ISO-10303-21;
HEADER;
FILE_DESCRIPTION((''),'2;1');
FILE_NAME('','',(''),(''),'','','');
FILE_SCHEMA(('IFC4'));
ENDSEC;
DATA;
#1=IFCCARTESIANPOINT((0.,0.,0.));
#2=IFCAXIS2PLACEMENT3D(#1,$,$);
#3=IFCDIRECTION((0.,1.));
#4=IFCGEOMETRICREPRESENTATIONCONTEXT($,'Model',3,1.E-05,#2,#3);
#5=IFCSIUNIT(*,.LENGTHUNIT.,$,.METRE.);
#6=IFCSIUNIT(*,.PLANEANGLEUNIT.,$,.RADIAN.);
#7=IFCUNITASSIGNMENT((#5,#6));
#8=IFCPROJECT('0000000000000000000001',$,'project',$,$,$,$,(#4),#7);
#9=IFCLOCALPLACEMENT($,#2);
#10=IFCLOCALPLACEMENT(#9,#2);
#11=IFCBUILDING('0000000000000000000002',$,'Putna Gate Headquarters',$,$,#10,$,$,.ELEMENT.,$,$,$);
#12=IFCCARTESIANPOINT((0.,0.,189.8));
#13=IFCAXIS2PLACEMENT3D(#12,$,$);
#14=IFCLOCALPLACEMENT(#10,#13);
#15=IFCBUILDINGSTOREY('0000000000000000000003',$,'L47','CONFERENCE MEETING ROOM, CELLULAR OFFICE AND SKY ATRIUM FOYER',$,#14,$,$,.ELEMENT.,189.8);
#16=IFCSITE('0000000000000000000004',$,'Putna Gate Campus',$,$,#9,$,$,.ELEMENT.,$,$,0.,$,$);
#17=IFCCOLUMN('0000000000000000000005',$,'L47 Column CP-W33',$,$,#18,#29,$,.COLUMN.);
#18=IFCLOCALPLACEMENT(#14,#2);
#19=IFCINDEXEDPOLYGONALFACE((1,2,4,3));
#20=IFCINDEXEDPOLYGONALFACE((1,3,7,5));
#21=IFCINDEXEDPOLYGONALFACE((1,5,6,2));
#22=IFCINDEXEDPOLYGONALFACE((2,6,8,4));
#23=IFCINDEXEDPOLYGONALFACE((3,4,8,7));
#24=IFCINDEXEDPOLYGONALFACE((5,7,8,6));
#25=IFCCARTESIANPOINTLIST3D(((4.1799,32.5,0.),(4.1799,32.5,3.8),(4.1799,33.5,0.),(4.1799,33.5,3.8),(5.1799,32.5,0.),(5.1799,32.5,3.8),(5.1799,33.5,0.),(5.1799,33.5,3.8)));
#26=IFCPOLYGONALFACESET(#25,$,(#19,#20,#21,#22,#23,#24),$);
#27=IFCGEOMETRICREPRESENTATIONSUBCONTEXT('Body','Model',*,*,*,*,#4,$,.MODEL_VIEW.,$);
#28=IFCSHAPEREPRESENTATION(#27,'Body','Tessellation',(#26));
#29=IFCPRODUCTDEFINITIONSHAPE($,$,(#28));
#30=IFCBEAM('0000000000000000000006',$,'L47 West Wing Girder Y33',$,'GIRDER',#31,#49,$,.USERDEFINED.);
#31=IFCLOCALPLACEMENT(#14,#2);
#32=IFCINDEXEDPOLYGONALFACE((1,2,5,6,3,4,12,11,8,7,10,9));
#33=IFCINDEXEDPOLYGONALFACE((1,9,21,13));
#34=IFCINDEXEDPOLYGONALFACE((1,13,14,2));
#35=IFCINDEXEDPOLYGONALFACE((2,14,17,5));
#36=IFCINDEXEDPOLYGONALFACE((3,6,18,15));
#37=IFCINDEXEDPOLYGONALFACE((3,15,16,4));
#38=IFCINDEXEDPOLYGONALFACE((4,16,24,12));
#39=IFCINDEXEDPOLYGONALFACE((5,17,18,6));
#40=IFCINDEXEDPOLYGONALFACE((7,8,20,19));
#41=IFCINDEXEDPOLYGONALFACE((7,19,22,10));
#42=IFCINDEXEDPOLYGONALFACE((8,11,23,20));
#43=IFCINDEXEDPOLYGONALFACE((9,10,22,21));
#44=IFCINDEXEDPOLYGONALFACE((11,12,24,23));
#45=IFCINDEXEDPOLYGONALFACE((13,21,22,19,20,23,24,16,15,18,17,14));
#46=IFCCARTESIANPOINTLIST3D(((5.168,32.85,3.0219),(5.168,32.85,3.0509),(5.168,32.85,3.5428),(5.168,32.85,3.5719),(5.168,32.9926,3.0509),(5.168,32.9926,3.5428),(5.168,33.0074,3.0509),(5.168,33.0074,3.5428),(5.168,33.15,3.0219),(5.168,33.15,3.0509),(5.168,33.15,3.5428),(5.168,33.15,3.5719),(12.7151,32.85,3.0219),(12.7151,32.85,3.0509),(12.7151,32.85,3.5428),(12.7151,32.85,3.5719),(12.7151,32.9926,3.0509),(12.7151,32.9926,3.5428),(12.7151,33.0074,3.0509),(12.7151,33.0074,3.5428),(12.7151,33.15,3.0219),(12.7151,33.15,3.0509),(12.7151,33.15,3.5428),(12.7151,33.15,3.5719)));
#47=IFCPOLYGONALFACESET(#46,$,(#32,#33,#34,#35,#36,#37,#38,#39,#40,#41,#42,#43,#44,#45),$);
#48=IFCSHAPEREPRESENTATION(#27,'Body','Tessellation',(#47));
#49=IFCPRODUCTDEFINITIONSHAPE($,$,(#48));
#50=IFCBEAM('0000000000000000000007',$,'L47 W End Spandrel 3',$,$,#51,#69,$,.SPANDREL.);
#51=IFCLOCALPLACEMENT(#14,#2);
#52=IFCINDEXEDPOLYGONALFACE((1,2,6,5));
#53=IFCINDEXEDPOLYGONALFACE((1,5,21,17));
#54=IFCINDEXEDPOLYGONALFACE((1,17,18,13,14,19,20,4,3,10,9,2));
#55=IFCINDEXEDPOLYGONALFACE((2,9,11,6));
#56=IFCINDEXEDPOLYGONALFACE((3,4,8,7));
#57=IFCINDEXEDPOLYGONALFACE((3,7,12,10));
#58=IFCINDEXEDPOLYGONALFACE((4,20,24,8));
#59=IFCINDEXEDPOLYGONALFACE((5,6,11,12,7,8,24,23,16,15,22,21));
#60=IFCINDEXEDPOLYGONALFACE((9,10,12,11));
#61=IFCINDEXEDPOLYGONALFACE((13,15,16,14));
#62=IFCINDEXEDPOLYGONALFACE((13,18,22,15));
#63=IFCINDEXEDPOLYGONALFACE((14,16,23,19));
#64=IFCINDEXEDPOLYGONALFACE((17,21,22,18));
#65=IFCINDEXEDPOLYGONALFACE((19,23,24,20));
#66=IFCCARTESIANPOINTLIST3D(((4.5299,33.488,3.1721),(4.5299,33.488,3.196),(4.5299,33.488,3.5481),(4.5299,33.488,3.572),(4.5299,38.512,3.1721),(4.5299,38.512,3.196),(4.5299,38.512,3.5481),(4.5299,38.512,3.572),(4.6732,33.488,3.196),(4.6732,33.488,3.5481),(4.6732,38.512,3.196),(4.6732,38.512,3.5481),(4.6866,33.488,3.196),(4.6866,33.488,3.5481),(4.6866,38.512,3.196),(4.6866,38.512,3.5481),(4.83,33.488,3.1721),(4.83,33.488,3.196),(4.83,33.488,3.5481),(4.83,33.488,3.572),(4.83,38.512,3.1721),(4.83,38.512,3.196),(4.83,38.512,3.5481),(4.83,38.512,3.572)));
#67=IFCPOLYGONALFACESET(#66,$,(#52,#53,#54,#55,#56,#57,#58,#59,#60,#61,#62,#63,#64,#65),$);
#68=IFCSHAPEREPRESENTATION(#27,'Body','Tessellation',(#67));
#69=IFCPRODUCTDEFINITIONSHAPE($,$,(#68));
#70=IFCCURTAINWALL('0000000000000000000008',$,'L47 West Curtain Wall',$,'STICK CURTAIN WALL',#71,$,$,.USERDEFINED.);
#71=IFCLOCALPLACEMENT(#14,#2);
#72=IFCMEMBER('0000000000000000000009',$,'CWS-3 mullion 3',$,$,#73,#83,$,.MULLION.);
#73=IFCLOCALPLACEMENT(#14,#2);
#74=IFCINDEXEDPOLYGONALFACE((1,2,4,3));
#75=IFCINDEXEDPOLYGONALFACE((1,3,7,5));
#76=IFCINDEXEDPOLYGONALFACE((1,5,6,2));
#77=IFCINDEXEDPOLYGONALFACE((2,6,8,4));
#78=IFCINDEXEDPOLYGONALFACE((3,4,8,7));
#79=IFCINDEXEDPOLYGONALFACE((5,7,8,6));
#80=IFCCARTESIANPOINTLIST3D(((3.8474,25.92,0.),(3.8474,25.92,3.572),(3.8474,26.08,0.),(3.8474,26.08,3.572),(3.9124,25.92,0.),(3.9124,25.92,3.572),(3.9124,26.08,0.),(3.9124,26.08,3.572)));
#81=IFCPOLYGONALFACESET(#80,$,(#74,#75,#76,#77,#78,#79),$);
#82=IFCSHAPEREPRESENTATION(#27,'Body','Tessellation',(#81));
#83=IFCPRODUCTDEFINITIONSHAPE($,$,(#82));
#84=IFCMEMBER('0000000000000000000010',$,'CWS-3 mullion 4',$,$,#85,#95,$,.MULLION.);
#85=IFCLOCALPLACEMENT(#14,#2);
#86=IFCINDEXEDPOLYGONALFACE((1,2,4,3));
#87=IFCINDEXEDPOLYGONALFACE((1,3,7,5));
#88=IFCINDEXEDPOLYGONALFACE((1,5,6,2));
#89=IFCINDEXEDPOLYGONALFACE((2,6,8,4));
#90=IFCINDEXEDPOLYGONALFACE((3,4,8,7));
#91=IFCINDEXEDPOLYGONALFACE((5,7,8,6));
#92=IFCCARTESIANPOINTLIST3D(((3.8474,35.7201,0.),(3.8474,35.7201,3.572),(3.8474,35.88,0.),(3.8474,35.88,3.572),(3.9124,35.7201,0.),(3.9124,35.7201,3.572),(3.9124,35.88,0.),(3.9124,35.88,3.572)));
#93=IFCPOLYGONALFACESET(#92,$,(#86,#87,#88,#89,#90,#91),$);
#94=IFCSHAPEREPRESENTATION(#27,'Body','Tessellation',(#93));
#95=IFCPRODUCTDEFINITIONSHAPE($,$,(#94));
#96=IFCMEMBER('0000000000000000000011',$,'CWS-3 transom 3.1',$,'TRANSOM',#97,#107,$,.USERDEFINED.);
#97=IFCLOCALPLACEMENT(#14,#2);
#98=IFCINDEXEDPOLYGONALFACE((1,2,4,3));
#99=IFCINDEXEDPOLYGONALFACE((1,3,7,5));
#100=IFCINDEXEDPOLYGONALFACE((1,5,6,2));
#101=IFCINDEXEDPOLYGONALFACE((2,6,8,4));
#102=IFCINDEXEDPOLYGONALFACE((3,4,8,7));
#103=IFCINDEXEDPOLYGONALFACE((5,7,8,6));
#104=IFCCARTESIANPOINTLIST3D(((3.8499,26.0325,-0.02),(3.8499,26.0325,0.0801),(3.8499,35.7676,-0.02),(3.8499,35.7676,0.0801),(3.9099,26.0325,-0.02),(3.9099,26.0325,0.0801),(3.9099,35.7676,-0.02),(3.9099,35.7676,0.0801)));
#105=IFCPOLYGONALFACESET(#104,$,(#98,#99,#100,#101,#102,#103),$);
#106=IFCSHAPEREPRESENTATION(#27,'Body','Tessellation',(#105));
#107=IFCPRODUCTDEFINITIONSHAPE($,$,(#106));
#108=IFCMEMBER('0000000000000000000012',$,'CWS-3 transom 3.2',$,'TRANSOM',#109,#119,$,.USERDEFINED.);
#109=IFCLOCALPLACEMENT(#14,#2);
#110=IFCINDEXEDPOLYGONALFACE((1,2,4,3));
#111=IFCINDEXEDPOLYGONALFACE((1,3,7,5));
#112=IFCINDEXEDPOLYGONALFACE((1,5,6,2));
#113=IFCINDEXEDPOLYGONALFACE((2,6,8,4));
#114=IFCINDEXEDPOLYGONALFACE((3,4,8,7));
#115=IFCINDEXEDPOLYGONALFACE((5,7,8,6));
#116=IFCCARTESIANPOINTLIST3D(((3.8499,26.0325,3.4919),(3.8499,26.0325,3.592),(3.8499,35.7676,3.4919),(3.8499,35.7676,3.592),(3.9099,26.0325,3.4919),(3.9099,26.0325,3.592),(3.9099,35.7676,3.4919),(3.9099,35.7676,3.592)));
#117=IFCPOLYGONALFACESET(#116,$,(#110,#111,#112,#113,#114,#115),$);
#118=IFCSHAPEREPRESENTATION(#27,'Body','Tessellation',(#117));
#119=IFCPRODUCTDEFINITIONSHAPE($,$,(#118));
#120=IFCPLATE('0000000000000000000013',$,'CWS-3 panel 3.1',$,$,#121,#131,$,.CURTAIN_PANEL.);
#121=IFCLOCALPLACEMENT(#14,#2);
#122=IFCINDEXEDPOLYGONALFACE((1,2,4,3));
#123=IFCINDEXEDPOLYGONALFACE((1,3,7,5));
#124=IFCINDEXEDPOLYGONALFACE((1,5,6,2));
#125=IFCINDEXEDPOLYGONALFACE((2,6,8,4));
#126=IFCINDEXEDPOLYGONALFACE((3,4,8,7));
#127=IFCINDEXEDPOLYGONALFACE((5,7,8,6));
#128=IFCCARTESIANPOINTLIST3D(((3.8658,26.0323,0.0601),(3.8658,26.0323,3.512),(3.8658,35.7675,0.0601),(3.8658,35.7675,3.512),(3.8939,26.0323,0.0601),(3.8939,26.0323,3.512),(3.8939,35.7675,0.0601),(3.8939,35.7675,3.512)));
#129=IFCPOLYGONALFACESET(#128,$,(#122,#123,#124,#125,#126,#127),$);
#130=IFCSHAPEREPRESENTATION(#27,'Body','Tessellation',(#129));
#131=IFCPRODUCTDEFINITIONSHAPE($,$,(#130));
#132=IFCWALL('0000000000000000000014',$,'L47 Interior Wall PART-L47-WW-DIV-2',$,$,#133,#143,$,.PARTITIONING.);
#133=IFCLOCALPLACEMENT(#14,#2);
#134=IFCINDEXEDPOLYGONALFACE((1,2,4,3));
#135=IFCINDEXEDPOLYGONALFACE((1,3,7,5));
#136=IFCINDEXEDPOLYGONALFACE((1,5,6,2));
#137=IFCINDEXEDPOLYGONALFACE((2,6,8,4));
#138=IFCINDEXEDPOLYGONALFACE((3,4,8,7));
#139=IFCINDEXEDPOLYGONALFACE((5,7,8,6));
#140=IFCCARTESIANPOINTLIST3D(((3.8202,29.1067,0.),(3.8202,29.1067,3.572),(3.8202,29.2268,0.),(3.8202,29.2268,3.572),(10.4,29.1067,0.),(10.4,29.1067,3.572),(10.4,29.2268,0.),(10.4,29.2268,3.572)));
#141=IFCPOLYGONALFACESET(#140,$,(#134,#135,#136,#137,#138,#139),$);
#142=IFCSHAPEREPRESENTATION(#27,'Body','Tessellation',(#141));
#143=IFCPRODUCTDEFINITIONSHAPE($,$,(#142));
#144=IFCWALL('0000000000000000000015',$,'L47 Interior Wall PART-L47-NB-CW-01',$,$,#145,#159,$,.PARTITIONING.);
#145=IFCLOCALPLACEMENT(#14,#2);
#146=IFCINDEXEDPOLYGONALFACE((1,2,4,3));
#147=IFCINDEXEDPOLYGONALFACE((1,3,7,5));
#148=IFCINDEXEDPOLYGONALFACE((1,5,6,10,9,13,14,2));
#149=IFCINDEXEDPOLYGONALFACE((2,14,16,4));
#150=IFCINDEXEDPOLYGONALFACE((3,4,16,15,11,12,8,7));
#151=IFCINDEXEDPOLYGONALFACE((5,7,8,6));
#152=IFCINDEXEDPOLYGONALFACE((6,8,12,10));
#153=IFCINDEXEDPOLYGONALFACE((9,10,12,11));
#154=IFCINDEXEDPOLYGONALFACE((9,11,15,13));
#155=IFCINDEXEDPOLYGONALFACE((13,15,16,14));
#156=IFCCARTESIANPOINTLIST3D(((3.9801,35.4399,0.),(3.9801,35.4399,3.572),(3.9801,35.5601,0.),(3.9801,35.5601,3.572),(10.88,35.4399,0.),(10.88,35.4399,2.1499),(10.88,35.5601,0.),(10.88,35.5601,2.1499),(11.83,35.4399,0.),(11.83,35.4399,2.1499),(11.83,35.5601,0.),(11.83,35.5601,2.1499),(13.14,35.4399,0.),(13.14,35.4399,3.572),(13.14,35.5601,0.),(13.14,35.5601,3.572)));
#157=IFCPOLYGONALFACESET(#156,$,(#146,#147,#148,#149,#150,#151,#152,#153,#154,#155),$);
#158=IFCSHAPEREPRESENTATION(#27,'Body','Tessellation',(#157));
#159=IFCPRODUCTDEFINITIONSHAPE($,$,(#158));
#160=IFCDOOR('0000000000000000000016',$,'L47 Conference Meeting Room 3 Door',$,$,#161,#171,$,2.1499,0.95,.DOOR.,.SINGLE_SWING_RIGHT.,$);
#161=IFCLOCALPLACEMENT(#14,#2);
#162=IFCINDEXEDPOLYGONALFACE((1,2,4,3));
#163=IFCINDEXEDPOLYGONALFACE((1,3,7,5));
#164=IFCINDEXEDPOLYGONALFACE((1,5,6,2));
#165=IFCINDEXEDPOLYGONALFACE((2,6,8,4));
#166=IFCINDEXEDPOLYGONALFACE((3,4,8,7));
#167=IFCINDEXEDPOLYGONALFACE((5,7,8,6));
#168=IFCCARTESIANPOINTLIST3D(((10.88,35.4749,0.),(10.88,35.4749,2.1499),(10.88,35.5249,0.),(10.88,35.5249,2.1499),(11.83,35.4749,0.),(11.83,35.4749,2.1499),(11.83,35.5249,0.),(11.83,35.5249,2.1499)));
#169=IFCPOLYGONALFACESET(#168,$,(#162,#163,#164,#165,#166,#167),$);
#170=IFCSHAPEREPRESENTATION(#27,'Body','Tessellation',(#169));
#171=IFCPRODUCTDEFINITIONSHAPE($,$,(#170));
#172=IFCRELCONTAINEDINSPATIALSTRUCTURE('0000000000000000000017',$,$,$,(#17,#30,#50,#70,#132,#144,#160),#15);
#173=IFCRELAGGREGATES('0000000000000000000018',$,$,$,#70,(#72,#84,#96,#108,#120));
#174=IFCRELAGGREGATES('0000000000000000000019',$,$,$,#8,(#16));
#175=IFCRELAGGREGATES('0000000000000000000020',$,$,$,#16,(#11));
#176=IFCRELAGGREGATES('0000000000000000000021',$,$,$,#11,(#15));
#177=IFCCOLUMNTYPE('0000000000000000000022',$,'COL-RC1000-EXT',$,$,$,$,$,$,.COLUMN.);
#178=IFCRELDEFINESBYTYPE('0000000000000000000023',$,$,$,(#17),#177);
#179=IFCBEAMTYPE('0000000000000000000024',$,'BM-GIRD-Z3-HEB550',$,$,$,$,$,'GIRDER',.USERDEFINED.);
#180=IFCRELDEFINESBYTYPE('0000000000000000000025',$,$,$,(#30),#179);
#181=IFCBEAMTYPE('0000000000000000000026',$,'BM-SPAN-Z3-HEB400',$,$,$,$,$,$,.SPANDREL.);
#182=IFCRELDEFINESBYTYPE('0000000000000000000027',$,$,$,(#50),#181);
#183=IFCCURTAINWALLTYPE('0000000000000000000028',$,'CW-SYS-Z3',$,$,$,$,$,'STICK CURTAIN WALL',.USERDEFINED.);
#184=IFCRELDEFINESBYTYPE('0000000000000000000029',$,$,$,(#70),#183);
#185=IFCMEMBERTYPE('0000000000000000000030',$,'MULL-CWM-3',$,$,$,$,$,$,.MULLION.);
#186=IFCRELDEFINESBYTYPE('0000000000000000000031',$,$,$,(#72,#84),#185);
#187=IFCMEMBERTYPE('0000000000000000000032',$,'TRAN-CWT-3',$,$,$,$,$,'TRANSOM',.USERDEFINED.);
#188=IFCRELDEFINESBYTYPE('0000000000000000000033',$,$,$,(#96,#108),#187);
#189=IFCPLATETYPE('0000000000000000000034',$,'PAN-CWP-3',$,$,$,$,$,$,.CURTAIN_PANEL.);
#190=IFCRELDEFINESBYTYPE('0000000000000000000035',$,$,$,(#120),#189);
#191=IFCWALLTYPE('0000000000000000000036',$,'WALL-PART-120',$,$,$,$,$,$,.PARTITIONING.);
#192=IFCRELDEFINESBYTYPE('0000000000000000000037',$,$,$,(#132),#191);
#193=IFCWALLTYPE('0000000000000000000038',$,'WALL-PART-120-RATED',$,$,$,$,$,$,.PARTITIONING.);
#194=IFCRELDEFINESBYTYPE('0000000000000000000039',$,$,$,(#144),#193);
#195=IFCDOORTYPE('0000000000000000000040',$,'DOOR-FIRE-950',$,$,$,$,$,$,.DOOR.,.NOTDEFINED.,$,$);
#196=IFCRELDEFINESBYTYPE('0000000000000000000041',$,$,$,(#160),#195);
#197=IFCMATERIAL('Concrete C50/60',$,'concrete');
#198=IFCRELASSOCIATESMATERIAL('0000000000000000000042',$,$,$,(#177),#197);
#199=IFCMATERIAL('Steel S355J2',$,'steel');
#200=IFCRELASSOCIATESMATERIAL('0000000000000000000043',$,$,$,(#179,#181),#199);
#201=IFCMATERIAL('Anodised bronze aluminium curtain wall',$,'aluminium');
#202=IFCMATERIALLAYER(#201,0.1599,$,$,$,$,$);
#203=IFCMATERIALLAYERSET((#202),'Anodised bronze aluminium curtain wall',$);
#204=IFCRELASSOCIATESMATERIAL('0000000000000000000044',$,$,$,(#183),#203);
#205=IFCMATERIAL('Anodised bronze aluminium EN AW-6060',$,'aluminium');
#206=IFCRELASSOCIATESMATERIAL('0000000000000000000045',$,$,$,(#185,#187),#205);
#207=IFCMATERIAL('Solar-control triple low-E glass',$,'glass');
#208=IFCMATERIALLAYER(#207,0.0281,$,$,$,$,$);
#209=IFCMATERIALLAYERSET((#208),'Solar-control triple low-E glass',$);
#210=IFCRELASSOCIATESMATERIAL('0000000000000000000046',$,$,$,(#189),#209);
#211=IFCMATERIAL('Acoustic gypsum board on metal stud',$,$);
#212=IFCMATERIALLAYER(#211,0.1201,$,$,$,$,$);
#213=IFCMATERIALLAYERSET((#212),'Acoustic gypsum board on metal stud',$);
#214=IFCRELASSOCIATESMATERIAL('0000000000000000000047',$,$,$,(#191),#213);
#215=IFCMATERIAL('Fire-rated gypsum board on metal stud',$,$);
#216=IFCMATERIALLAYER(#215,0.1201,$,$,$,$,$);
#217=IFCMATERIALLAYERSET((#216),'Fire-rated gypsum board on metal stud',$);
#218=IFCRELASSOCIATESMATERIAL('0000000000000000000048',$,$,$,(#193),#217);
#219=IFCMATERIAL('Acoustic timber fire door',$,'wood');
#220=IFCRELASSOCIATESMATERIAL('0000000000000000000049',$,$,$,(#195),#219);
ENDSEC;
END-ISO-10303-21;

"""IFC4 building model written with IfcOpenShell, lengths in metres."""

from ifc_helpers import new_model, si_unit, direction, frame, frame_2d, origin, origin_2d, place, context, subcontext, project, spatial, rectangle, i_section, extrude, material, layer, layer_set, material_profile, profile_set, type_object, element, fill, aggregate, save


model = new_model("IFC4")

# Units and contexts
model_context = context("Model", 3, precision=1e-05, world=origin(), true_north=direction((0.0, 1.0)))
body_context = subcontext(model_context, "Body", "Model", "MODEL_VIEW")
ifc_project = project(units=[si_unit("LENGTHUNIT", "METRE"), si_unit("PLANEANGLEUNIT", "RADIAN")], contexts=[model_context])

# Site, building, storey
site_placement = place(None, origin())
site = spatial("IfcSite", under=ifc_project, at=site_placement, Name="Putna Gate Campus", CompositionType="ELEMENT", RefElevation=0.0)
building_placement = place(site_placement, origin())
building = spatial("IfcBuilding", under=site, at=building_placement, Name="Putna Gate Headquarters", CompositionType="ELEMENT")
storey_placement = place(building_placement, frame((0.0, 0.0, 189.8)))
storey = spatial("IfcBuildingStorey", under=building, at=storey_placement, Name="L47", Description="CONFERENCE MEETING ROOM, CELLULAR OFFICE AND SKY ATRIUM FOYER", CompositionType="ELEMENT", Elevation=189.8)

# Column
ifc_material_1 = material(Name="Concrete C50/60", Category="concrete")
ifc_material_profile_1 = material_profile(ifc_material_1, rectangle(XDim=1.0, YDim=1.0, at=origin_2d()), Name="Concrete C50/60")
ifc_profile_set_1 = profile_set([ifc_material_profile_1], Name="Concrete C50/60")
column_type = type_object("IfcColumnType", Name="COL-RC1000-EXT", PredefinedType="COLUMN", material=ifc_profile_set_1)
column_placement = place(storey_placement, frame((4.6799, 33.0, 0.0), z_axis=(0.0, 0.0, 1.0), x_axis=(1.0, 0.0, 0.0)))
element("IfcColumn", 1, at=column_placement, inside=storey, type_object=column_type, Name="L47 Column CP-W33", PredefinedType="COLUMN", context=body_context, shape_type="SweptSolid", body=[
    extrude(rectangle(XDim=1.0, YDim=1.0, at=origin_2d()), origin(), (0.0, 0.0, 1.0), 3.8),
])

# Beams
ifc_material_2 = material(Name="Steel S355J2", Category="steel")
ifc_material_profile_2 = material_profile(ifc_material_2, i_section(OverallWidth=0.3, OverallDepth=0.55, WebThickness=0.0149, FlangeThickness=0.0291, at=origin_2d()), Name="Steel S355J2")
ifc_profile_set_2 = profile_set([ifc_material_profile_2], Name="Steel S355J2")
beam_type_1 = type_object("IfcBeamType", Name="BM-GIRD-Z3-HEB550", ElementType="GIRDER", PredefinedType="USERDEFINED", material=ifc_profile_set_2)
beam_1_placement = place(storey_placement, frame((5.168, 33.0, 3.2969), z_axis=(1.0, 0.0, 0.0), x_axis=(0.0, 1.0, 0.0)))
element("IfcBeam", 2, at=beam_1_placement, inside=storey, type_object=beam_type_1, Name="L47 West Wing Girder Y33", ObjectType="GIRDER", PredefinedType="USERDEFINED", context=body_context, shape_type="SweptSolid", body=[
    extrude(i_section(OverallWidth=0.3, OverallDepth=0.55, WebThickness=0.0149, FlangeThickness=0.0291, at=origin_2d()), origin(), (0.0, 0.0, 1.0), 7.5471),
])
ifc_material_profile_3 = material_profile(ifc_material_2, i_section(OverallWidth=0.3, OverallDepth=0.3999, WebThickness=0.0134, FlangeThickness=0.0239, at=origin_2d()), Name="Steel S355J2")
ifc_profile_set_3 = profile_set([ifc_material_profile_3], Name="Steel S355J2")
beam_type_2 = type_object("IfcBeamType", Name="BM-SPAN-Z3-HEB400", PredefinedType="SPANDREL", material=ifc_profile_set_3)
beam_2_placement = place(storey_placement, frame((4.6799, 33.488, 3.3721), z_axis=(0.0, 1.0, 0.0), x_axis=(-1.0, 0.0, 0.0)))
element("IfcBeam", 3, at=beam_2_placement, inside=storey, type_object=beam_type_2, Name="L47 W End Spandrel 3", PredefinedType="SPANDREL", context=body_context, shape_type="SweptSolid", body=[
    extrude(i_section(OverallWidth=0.3, OverallDepth=0.3999, WebThickness=0.0134, FlangeThickness=0.0239, at=origin_2d()), origin(), (0.0, 0.0, 1.0), 5.0239),
])

# Curtain wall, members, plate
ifc_material_3 = material(Name="Anodised bronze aluminium curtain wall", Category="aluminium")
ifc_layer_1 = layer(ifc_material_3, 0.1599)
ifc_layer_set_1 = layer_set([ifc_layer_1], Name="Anodised bronze aluminium curtain wall")
curtain_wall_type = type_object("IfcCurtainWallType", Name="CW-SYS-Z3", ElementType="STICK CURTAIN WALL", PredefinedType="USERDEFINED", material=ifc_layer_set_1)
curtain_wall_placement = place(storey_placement, origin())
curtain_wall = element("IfcCurtainWall", 4, at=curtain_wall_placement, inside=storey, type_object=curtain_wall_type, Name="L47 West Curtain Wall", ObjectType="STICK CURTAIN WALL", PredefinedType="USERDEFINED")
ifc_material_4 = material(Name="Anodised bronze aluminium EN AW-6060", Category="aluminium")
ifc_material_profile_4 = material_profile(ifc_material_4, rectangle(XDim=0.0649, YDim=0.1599, at=origin_2d()), Name="Anodised bronze aluminium EN AW-6060")
ifc_profile_set_4 = profile_set([ifc_material_profile_4], Name="Anodised bronze aluminium EN AW-6060")
member_type_1 = type_object("IfcMemberType", Name="MULL-CWM-3", PredefinedType="MULLION", material=ifc_profile_set_4)
member_1_placement = place(storey_placement, frame((3.8799, 26.0, 0.0), z_axis=(0.0, 0.0, 1.0), x_axis=(-1.0, 0.0, 0.0)))
member_1 = element("IfcMember", 5, at=member_1_placement, type_object=member_type_1, Name="CWS-3 mullion 3", PredefinedType="MULLION", context=body_context, shape_type="SweptSolid", body=[
    extrude(rectangle(XDim=0.0649, YDim=0.1599, at=origin_2d()), origin(), (0.0, 0.0, 1.0), 3.572),
])
member_2_placement = place(storey_placement, frame((3.8799, 35.8, 0.0), z_axis=(0.0, 0.0, 1.0), x_axis=(-1.0, 0.0, 0.0)))
member_2 = element("IfcMember", 6, at=member_2_placement, type_object=member_type_1, Name="CWS-3 mullion 4", PredefinedType="MULLION", context=body_context, shape_type="SweptSolid", body=[
    extrude(rectangle(XDim=0.0649, YDim=0.1599, at=origin_2d()), origin(), (0.0, 0.0, 1.0), 3.572),
])
ifc_material_profile_5 = material_profile(ifc_material_4, rectangle(XDim=0.0601, YDim=0.1001, at=origin_2d()), Name="Anodised bronze aluminium EN AW-6060")
ifc_profile_set_5 = profile_set([ifc_material_profile_5], Name="Anodised bronze aluminium EN AW-6060")
member_type_2 = type_object("IfcMemberType", Name="TRAN-CWT-3", ElementType="TRANSOM", PredefinedType="USERDEFINED", material=ifc_profile_set_5)
member_3_placement = place(storey_placement, frame((3.8799, 26.0325, 0.03), z_axis=(0.0, 1.0, 0.0), x_axis=(-1.0, 0.0, 0.0)))
member_3 = element("IfcMember", 7, at=member_3_placement, type_object=member_type_2, Name="CWS-3 transom 3.1", ObjectType="TRANSOM", PredefinedType="USERDEFINED", context=body_context, shape_type="SweptSolid", body=[
    extrude(rectangle(XDim=0.0601, YDim=0.1001, at=origin_2d()), origin(), (0.0, 0.0, 1.0), 9.7351),
])
member_4_placement = place(storey_placement, frame((3.8799, 26.0325, 3.542), z_axis=(0.0, 1.0, 0.0), x_axis=(-1.0, 0.0, 0.0)))
member_4 = element("IfcMember", 8, at=member_4_placement, type_object=member_type_2, Name="CWS-3 transom 3.2", ObjectType="TRANSOM", PredefinedType="USERDEFINED", context=body_context, shape_type="SweptSolid", body=[
    extrude(rectangle(XDim=0.0601, YDim=0.1001, at=origin_2d()), origin(), (0.0, 0.0, 1.0), 9.7351),
])
ifc_material_5 = material(Name="Solar-control triple low-E glass", Category="glass")
ifc_layer_2 = layer(ifc_material_5, 0.0281)
ifc_layer_set_2 = layer_set([ifc_layer_2], Name="Solar-control triple low-E glass")
plate_type = type_object("IfcPlateType", Name="PAN-CWP-3", PredefinedType="CURTAIN_PANEL", material=ifc_layer_set_2)
plate_placement = place(storey_placement, frame((3.8799, 30.8999, 0.0601), z_axis=(0.0, 0.0, 1.0), x_axis=(0.0, 1.0, 0.0)))
plate = element("IfcPlate", 9, at=plate_placement, type_object=plate_type, Name="CWS-3 panel 3.1", PredefinedType="CURTAIN_PANEL", context=body_context, shape_type="SweptSolid", body=[
    extrude(rectangle(XDim=9.7351, YDim=0.0281, at=origin_2d()), origin(), (0.0, 0.0, 1.0), 3.4519),
])
aggregate(curtain_wall, [member_1, member_2, member_3, member_4, plate])

# Wall
ifc_material_6 = material(Name="Acoustic gypsum board on metal stud")
ifc_layer_3 = layer(ifc_material_6, 0.1201)
ifc_layer_set_3 = layer_set([ifc_layer_3], Name="Acoustic gypsum board on metal stud")
wall_type_1 = type_object("IfcWallType", Name="WALL-PART-120", PredefinedType="PARTITIONING", material=ifc_layer_set_3)
wall_1_placement = place(storey_placement, frame((3.8201, 29.1667, 0.0), z_axis=(0.0, 0.0, 1.0), x_axis=(1.0, 0.0, 0.0)))
element("IfcWall", 10, at=wall_1_placement, inside=storey, type_object=wall_type_1, Name="L47 Interior Wall PART-L47-WW-DIV-2", PredefinedType="PARTITIONING", context=body_context, shape_type="SweptSolid", body=[
    extrude(rectangle(XDim=6.5798, YDim=0.1201, at=frame_2d((3.29, 0.0))), origin(), (0.0, 0.0, 1.0), 3.572),
])

# Wall, opening, door
ifc_material_7 = material(Name="Fire-rated gypsum board on metal stud")
ifc_layer_4 = layer(ifc_material_7, 0.1201)
ifc_layer_set_4 = layer_set([ifc_layer_4], Name="Fire-rated gypsum board on metal stud")
wall_type_2 = type_object("IfcWallType", Name="WALL-PART-120-RATED", PredefinedType="PARTITIONING", material=ifc_layer_set_4)
wall_2_placement = place(storey_placement, frame((3.98, 35.5, 0.0), z_axis=(0.0, 0.0, 1.0), x_axis=(1.0, 0.0, 0.0)))
wall_2 = element("IfcWall", 11, at=wall_2_placement, inside=storey, type_object=wall_type_2, Name="L47 Interior Wall PART-L47-NB-CW-01", PredefinedType="PARTITIONING", context=body_context, shape_type="SweptSolid", body=[
    extrude(rectangle(XDim=9.1599, YDim=0.1201, at=frame_2d((4.5801, 0.0))), origin(), (0.0, 0.0, 1.0), 3.572),
])
opening_1_placement = place(wall_2_placement, frame((6.8999, 0.0, 0.0)))
opening_1 = element("IfcOpeningElement", 12, at=opening_1_placement, cuts=wall_2, PredefinedType="OPENING", context=body_context, shape_type="SweptSolid", body=[
    extrude(rectangle(XDim=0.95, YDim=2.1499, at=frame_2d((0.4751, 1.075))), frame((0.0, 0.0701, 0.0), z_axis=(0.0, -1.0, 0.0), x_axis=(1.0, 0.0, 0.0)), (0.0, 0.0, 1.0), 0.1401),
])
ifc_material_8 = material(Name="Acoustic timber fire door", Category="wood")
door_type = type_object("IfcDoorType", Name="DOOR-FIRE-950", OperationType="NOTDEFINED", PredefinedType="DOOR", material=ifc_material_8)
door_1_placement = place(opening_1_placement, origin())
door_1 = element("IfcDoor", 13, at=door_1_placement, inside=storey, type_object=door_type, Name="L47 Conference Meeting Room 3 Door", OperationType="SINGLE_SWING_RIGHT", OverallHeight=2.1499, OverallWidth=0.95, PredefinedType="DOOR", context=body_context, shape_type="SweptSolid", body=[
    extrude(rectangle(XDim=0.95, YDim=2.1499, at=frame_2d((0.4751, 1.075))), frame((0.0, 0.0249, 0.0), z_axis=(0.0, -1.0, 0.0), x_axis=(1.0, 0.0, 0.0)), (0.0, 0.0, 1.0), 0.05),
])
fill(opening_1, door_1)

save(model, "model.ifc")
